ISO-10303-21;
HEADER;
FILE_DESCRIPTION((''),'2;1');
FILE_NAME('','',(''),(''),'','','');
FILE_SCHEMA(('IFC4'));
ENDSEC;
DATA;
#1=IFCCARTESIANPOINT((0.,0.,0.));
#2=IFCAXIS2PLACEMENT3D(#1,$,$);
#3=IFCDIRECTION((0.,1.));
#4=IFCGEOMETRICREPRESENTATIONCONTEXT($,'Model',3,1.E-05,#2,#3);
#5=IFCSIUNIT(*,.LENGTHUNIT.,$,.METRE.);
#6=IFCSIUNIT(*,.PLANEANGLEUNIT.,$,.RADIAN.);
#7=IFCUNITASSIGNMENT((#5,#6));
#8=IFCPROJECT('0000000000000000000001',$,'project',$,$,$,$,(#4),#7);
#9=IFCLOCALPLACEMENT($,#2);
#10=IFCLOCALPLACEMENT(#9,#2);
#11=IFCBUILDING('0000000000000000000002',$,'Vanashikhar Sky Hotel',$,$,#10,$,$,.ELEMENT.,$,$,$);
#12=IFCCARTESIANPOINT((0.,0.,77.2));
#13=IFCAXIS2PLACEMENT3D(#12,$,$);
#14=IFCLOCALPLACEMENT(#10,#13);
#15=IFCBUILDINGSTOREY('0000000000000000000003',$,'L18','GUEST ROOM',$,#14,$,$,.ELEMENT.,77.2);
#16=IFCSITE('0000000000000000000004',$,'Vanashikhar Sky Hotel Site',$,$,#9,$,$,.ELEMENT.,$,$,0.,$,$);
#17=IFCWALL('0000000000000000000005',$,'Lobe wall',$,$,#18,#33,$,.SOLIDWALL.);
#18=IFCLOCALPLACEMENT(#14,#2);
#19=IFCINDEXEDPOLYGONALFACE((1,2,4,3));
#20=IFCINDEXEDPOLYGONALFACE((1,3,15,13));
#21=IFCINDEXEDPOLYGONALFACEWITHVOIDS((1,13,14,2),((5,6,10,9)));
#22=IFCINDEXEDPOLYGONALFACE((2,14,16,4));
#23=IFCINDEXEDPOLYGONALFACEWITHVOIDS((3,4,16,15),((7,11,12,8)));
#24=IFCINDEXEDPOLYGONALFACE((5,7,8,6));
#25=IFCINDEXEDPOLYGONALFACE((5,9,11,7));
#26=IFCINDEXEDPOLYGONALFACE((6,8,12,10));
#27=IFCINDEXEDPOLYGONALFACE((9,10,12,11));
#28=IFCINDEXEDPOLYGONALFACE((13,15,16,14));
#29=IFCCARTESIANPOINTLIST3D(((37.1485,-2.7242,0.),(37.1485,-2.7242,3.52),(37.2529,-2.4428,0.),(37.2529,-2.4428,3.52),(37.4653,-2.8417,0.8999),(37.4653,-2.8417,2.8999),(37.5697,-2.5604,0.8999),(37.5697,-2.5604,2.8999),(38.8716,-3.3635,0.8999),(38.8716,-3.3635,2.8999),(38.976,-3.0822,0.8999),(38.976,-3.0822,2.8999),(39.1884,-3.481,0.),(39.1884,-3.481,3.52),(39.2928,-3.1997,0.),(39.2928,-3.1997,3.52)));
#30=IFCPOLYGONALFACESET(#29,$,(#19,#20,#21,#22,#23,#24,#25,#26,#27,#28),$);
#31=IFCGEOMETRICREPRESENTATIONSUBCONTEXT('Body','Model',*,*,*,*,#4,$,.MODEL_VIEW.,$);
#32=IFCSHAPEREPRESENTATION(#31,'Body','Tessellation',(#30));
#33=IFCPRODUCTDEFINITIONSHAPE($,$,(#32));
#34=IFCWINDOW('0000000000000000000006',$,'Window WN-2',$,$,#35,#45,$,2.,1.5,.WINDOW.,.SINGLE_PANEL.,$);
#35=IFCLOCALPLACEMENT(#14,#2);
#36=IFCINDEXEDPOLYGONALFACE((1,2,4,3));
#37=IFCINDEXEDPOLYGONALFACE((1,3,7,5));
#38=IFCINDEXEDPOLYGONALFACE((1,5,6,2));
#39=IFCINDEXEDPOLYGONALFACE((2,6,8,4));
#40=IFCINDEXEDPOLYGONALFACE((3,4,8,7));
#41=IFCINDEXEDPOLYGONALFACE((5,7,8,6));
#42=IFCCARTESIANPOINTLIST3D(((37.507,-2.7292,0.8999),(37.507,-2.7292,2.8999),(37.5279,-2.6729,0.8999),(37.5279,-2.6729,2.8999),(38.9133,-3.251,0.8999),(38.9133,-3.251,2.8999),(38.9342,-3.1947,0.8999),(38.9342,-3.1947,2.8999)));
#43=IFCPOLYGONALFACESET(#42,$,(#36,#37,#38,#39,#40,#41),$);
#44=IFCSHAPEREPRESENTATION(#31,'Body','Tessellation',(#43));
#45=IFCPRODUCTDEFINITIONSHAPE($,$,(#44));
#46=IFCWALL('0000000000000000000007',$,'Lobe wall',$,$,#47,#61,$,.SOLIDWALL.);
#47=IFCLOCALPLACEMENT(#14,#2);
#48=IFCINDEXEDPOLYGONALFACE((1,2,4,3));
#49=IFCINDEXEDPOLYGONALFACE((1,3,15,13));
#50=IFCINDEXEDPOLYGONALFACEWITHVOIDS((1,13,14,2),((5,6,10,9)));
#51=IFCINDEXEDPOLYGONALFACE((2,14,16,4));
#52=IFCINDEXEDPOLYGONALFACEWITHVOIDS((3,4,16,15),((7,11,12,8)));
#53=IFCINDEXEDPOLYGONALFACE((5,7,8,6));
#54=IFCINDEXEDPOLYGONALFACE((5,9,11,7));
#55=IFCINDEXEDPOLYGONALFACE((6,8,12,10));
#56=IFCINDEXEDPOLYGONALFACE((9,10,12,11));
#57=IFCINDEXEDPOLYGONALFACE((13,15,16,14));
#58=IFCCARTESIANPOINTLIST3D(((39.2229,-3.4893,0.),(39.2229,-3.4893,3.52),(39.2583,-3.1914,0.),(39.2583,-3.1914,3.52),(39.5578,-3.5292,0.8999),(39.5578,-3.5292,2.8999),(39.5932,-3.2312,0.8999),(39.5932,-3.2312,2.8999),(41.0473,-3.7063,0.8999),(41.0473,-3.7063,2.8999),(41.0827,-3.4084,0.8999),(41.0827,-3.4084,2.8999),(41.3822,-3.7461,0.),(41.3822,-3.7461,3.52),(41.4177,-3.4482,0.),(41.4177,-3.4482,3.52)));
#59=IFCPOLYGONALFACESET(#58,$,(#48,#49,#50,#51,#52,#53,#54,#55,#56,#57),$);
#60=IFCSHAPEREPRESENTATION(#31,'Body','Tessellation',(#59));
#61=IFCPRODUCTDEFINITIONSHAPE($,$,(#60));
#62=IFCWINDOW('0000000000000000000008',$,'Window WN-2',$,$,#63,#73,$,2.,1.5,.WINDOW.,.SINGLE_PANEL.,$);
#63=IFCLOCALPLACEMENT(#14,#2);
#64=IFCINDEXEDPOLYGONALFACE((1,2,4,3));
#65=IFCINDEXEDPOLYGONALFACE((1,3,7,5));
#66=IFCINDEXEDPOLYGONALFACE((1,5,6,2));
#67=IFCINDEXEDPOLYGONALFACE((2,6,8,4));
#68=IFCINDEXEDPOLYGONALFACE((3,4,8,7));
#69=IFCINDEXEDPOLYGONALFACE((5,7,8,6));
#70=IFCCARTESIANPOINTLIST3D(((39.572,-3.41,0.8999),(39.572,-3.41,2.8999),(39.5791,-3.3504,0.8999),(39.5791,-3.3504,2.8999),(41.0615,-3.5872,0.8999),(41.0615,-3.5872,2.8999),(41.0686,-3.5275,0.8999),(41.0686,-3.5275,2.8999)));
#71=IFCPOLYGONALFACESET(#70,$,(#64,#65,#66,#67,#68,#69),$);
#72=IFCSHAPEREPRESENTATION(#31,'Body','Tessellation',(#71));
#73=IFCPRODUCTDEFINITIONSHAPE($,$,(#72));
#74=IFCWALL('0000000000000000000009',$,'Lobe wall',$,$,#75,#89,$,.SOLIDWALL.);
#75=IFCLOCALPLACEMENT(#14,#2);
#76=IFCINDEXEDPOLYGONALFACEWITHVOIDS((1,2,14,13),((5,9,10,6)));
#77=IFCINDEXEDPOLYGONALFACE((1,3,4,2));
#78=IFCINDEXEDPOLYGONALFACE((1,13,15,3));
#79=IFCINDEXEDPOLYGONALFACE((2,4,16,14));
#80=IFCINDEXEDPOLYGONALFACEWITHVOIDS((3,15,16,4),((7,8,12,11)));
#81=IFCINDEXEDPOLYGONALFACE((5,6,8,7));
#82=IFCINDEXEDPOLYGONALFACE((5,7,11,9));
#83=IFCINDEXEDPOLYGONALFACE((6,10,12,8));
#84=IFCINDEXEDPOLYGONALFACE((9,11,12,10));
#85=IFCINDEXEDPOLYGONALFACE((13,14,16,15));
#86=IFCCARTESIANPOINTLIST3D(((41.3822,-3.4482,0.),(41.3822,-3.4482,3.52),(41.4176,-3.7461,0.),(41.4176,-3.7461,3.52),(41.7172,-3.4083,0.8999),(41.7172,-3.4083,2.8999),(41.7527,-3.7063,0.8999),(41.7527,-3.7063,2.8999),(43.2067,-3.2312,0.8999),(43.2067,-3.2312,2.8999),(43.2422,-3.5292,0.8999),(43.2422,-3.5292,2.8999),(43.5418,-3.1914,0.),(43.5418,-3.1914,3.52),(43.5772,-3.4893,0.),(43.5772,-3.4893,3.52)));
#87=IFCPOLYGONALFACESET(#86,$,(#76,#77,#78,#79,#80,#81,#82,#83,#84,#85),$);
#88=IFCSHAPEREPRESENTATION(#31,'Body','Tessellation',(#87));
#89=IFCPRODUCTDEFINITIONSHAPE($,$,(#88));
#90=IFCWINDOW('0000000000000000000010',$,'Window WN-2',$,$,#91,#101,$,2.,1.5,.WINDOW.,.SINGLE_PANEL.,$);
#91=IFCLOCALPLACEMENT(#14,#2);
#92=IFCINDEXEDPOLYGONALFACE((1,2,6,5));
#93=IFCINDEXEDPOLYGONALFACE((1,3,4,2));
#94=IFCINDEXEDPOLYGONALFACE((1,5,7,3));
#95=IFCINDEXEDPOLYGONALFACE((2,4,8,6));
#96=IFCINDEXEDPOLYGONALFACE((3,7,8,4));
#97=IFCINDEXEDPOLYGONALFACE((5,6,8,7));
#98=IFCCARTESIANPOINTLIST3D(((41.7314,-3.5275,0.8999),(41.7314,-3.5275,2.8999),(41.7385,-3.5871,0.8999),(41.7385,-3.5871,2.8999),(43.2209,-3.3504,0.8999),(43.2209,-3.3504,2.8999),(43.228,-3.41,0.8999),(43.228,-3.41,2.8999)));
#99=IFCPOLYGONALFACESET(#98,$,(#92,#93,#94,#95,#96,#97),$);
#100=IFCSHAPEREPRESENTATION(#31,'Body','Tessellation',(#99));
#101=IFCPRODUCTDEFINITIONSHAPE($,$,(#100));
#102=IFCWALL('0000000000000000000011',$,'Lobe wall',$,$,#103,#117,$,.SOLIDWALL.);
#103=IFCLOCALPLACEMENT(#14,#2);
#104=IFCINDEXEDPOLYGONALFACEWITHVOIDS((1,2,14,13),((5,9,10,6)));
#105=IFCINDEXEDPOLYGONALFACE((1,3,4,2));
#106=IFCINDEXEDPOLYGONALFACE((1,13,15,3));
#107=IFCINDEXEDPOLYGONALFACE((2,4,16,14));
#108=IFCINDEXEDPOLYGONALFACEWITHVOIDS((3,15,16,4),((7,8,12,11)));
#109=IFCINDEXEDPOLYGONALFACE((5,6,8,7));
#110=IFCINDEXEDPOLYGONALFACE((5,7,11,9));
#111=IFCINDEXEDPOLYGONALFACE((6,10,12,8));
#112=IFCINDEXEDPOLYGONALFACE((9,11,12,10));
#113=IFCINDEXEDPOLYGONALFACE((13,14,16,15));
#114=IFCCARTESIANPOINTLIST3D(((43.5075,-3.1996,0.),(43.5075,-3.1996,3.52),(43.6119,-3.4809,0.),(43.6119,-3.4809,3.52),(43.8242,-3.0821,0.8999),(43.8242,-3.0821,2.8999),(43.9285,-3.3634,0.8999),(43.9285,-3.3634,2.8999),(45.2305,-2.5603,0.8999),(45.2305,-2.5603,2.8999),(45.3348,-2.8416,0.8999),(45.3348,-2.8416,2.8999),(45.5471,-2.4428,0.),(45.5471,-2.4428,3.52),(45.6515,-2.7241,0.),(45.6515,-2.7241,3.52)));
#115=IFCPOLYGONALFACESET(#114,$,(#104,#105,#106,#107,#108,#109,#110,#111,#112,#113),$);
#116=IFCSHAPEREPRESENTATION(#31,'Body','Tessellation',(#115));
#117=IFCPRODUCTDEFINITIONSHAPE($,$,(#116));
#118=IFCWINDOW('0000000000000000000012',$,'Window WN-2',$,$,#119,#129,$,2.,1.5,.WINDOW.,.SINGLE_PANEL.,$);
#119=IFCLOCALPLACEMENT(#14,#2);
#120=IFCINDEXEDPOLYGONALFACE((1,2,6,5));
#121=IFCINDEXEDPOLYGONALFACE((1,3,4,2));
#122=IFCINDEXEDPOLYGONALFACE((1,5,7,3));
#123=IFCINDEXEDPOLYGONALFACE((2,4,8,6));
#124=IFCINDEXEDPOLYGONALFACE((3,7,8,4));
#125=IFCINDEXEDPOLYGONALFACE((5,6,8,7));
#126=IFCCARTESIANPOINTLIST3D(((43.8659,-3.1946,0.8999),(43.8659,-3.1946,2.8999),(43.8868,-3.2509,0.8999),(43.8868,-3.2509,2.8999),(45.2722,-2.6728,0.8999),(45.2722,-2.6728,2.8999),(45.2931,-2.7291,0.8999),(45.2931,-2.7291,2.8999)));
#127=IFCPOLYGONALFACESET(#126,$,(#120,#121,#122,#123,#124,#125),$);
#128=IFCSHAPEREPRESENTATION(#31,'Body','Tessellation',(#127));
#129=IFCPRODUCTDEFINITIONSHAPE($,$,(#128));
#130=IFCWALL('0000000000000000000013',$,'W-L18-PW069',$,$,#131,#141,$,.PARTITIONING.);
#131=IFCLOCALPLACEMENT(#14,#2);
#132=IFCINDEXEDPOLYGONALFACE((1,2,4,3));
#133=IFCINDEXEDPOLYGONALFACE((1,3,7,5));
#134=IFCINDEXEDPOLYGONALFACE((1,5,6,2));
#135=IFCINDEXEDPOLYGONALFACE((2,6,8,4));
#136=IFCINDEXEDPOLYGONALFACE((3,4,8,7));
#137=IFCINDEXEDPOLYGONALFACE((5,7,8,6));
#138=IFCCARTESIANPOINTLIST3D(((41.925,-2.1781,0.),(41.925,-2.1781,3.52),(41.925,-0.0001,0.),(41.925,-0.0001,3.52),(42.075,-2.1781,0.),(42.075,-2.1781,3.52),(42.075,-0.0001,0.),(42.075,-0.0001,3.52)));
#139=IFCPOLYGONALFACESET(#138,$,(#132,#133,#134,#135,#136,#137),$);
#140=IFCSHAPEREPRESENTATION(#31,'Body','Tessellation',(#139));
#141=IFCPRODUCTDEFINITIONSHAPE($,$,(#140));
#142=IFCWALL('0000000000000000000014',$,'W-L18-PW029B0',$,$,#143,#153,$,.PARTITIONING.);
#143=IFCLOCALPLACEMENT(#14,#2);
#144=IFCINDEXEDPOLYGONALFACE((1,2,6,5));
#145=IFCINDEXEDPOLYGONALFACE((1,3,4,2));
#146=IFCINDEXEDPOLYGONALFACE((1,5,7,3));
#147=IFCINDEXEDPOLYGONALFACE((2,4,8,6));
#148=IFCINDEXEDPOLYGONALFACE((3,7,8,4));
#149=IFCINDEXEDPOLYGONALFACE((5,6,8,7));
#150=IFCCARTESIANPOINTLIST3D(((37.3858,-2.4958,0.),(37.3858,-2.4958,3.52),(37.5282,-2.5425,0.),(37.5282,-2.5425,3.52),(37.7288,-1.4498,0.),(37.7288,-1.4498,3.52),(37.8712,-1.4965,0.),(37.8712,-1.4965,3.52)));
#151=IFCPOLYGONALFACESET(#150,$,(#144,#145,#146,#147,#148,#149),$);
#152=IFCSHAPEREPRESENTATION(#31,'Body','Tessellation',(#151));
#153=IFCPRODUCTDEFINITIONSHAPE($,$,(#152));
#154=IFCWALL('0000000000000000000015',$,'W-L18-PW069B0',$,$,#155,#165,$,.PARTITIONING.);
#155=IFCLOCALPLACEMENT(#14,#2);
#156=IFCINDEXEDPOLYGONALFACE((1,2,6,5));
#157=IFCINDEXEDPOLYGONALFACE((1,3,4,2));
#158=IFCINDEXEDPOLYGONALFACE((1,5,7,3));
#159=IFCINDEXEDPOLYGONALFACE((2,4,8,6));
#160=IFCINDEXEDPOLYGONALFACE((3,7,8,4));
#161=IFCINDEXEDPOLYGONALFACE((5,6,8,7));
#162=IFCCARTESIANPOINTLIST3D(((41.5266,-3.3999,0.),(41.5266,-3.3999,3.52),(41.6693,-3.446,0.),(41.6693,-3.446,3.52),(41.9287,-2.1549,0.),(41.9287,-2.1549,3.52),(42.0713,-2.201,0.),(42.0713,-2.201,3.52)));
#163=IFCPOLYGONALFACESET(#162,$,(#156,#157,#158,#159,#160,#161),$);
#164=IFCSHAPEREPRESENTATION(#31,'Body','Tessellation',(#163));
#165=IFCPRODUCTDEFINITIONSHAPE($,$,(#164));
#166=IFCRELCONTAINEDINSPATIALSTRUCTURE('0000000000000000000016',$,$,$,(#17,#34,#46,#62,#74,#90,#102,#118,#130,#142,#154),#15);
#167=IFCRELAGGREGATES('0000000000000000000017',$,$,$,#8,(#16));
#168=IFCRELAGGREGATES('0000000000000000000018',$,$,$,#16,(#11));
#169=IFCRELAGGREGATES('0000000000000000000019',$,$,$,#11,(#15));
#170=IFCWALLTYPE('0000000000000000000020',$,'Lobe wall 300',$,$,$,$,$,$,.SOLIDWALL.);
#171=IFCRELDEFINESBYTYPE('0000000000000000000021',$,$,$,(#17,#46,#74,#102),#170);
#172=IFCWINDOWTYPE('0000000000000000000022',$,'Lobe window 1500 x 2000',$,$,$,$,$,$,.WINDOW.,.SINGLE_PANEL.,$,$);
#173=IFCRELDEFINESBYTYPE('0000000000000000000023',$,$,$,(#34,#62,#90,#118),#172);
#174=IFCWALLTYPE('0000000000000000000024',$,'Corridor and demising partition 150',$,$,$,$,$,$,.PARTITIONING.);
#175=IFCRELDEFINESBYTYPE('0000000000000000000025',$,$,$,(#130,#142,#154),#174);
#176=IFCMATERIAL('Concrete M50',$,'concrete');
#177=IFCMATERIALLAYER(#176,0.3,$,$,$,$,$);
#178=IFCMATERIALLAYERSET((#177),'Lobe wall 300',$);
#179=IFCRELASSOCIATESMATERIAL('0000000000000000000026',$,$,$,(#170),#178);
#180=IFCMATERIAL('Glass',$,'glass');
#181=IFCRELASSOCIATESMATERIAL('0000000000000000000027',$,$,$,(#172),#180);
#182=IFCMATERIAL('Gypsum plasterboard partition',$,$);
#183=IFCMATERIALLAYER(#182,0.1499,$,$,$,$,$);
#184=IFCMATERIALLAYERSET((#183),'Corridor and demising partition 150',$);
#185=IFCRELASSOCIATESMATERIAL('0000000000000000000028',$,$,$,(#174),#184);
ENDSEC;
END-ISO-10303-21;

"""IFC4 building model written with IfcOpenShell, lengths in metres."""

from ifc_helpers import new_model, si_unit, direction, frame, frame_2d, origin, place, context, subcontext, project, spatial, rectangle, extrude, source, transform, mapped, material, layer, layer_set, type_object, element, fill, save


model = new_model("IFC4")

# Units and contexts
model_context = context("Model", 3, precision=1e-05, world=origin(), true_north=direction((0.0, 1.0)))
body_context = subcontext(model_context, "Body", "Model", "MODEL_VIEW")
ifc_project = project(units=[si_unit("LENGTHUNIT", "METRE"), si_unit("PLANEANGLEUNIT", "RADIAN")], contexts=[model_context])

# Site, building, storey
site_placement = place(None, origin())
site = spatial("IfcSite", under=ifc_project, at=site_placement, Name="Vanashikhar Sky Hotel Site", CompositionType="ELEMENT", RefElevation=0.0)
building_placement = place(site_placement, origin())
building = spatial("IfcBuilding", under=site, at=building_placement, Name="Vanashikhar Sky Hotel", CompositionType="ELEMENT")
storey_placement = place(building_placement, frame((0.0, 0.0, 77.2)))
storey = spatial("IfcBuildingStorey", under=building, at=storey_placement, Name="L18", Description="GUEST ROOM", CompositionType="ELEMENT", Elevation=77.2)

# Walls, openings, windows
ifc_material_1 = material(Name="Concrete M50", Category="concrete")
ifc_layer_1 = layer(ifc_material_1, 0.3)
ifc_layer_set_1 = layer_set([ifc_layer_1], Name="Lobe wall 300")
wall_type_1 = type_object("IfcWallType", Name="Lobe wall 300", PredefinedType="SOLIDWALL", material=ifc_layer_set_1)
shared_shape_1 = source(origin(), body_context, "Body", "SweptSolid", [
    extrude(rectangle(XDim=2.1758, YDim=0.3, at=frame_2d((1.0879, 0.0))), origin(), (0.0, 0.0, 1.0), 3.52),
])
wall_1_placement = place(storey_placement, frame((37.2007, -2.5835, 0.0), z_axis=(0.0, 0.0, 1.0), x_axis=(0.937546, -0.347863, 0.0)))
wall_1 = element("IfcWall", 1, at=wall_1_placement, inside=storey, type_object=wall_type_1, Name="Lobe wall", PredefinedType="SOLIDWALL", context=body_context, shape_type="MappedRepresentation", body=[
    mapped(shared_shape_1, transform((0.0, 0.0, 0.0), scale=1.0)),
])
shared_shape_2 = source(origin(), body_context, "Body", "SweptSolid", [
    extrude(rectangle(XDim=1.5, YDim=2.0, at=frame_2d((0.75, 1.0))), frame((0.0, 0.1602, 0.0), z_axis=(0.0, -1.0, 0.0), x_axis=(1.0, 0.0, 0.0)), (0.0, 0.0, 1.0), 0.3201),
])
opening_1_placement = place(wall_1_placement, frame((0.3379, 0.0, 0.8999)))
opening_1 = element("IfcOpeningElement", 2, at=opening_1_placement, cuts=wall_1, PredefinedType="OPENING", context=body_context, shape_type="MappedRepresentation", body=[
    mapped(shared_shape_2, transform((0.0, 0.0, 0.0), scale=1.0)),
])
ifc_material_2 = material(Name="Glass", Category="glass")
window_type = type_object("IfcWindowType", Name="Lobe window 1500 x 2000", PartitioningType="SINGLE_PANEL", PredefinedType="WINDOW", material=ifc_material_2)
shared_shape_3 = source(origin(), body_context, "Body", "SweptSolid", [
    extrude(rectangle(XDim=1.5, YDim=2.0, at=frame_2d((0.75, 1.0))), frame((0.0, 0.03, 0.0), z_axis=(0.0, -1.0, 0.0), x_axis=(1.0, 0.0, 0.0)), (0.0, 0.0, 1.0), 0.0601),
])
window_1_placement = place(opening_1_placement, origin())
window_1 = element("IfcWindow", 3, at=window_1_placement, inside=storey, type_object=window_type, Name="Window WN-2", OverallHeight=2.0, OverallWidth=1.5, PartitioningType="SINGLE_PANEL", PredefinedType="WINDOW", context=body_context, shape_type="MappedRepresentation", body=[
    mapped(shared_shape_3, transform((0.0, 0.0, 0.0), scale=1.0)),
])
fill(opening_1, window_1)
shared_shape_4 = source(origin(), body_context, "Body", "SweptSolid", [
    extrude(rectangle(XDim=2.1746, YDim=0.3, at=frame_2d((1.0874, 0.0))), origin(), (0.0, 0.0, 1.0), 3.52),
])
wall_2_placement = place(storey_placement, frame((39.2405, -3.3403, 0.0), z_axis=(0.0, 0.0, 1.0), x_axis=(0.993001, -0.118105, 0.0)))
wall_2 = element("IfcWall", 4, at=wall_2_placement, inside=storey, type_object=wall_type_1, Name="Lobe wall", PredefinedType="SOLIDWALL", context=body_context, shape_type="MappedRepresentation", body=[
    mapped(shared_shape_4, transform((0.0, 0.0, 0.0), scale=1.0)),
])
opening_2_placement = place(wall_2_placement, frame((0.3374, 0.0, 0.8999)))
opening_2 = element("IfcOpeningElement", 5, at=opening_2_placement, cuts=wall_2, PredefinedType="OPENING", context=body_context, shape_type="MappedRepresentation", body=[
    mapped(shared_shape_2, transform((0.0, 0.0, 0.0), scale=1.0)),
])
window_2_placement = place(opening_2_placement, origin())
window_2 = element("IfcWindow", 6, at=window_2_placement, inside=storey, type_object=window_type, Name="Window WN-2", OverallHeight=2.0, OverallWidth=1.5, PartitioningType="SINGLE_PANEL", PredefinedType="WINDOW", context=body_context, shape_type="MappedRepresentation", body=[
    mapped(shared_shape_3, transform((0.0, 0.0, 0.0), scale=1.0)),
])
fill(opening_2, window_2)
shared_shape_5 = source(origin(), body_context, "Body", "SweptSolid", [
    extrude(rectangle(XDim=2.1748, YDim=0.3, at=frame_2d((1.0874, 0.0))), origin(), (0.0, 0.0, 1.0), 3.52),
])
wall_3_placement = place(storey_placement, frame((41.3999, -3.5972, 0.0), z_axis=(0.0, 0.0, 1.0), x_axis=(0.993003, 0.118092, 0.0)))
wall_3 = element("IfcWall", 7, at=wall_3_placement, inside=storey, type_object=wall_type_1, Name="Lobe wall", PredefinedType="SOLIDWALL", context=body_context, shape_type="MappedRepresentation", body=[
    mapped(shared_shape_5, transform((0.0, 0.0, 0.0), scale=1.0)),
])
opening_3_placement = place(wall_3_placement, frame((0.3374, 0.0, 0.8999)))
opening_3 = element("IfcOpeningElement", 8, at=opening_3_placement, cuts=wall_3, PredefinedType="OPENING", context=body_context, shape_type="MappedRepresentation", body=[
    mapped(shared_shape_2, transform((0.0, 0.0, 0.0), scale=1.0)),
])
window_3_placement = place(opening_3_placement, origin())
window_3 = element("IfcWindow", 9, at=window_3_placement, inside=storey, type_object=window_type, Name="Window WN-2", OverallHeight=2.0, OverallWidth=1.5, PartitioningType="SINGLE_PANEL", PredefinedType="WINDOW", context=body_context, shape_type="MappedRepresentation", body=[
    mapped(shared_shape_3, transform((0.0, 0.0, 0.0), scale=1.0)),
])
fill(opening_3, window_3)
shared_shape_6 = source(origin(), body_context, "Body", "SweptSolid", [
    extrude(rectangle(XDim=2.1755, YDim=0.3, at=frame_2d((1.0879, 0.0))), origin(), (0.0, 0.0, 1.0), 3.52),
])
wall_4_placement = place(storey_placement, frame((43.5596, -3.3403, 0.0), z_axis=(0.0, 0.0, 1.0), x_axis=(0.937532, 0.347899, 0.0)))
wall_4 = element("IfcWall", 10, at=wall_4_placement, inside=storey, type_object=wall_type_1, Name="Lobe wall", PredefinedType="SOLIDWALL", context=body_context, shape_type="MappedRepresentation", body=[
    mapped(shared_shape_6, transform((0.0, 0.0, 0.0), scale=1.0)),
])
opening_4_placement = place(wall_4_placement, frame((0.3379, 0.0, 0.8999)))
opening_4 = element("IfcOpeningElement", 11, at=opening_4_placement, cuts=wall_4, PredefinedType="OPENING", context=body_context, shape_type="MappedRepresentation", body=[
    mapped(shared_shape_2, transform((0.0, 0.0, 0.0), scale=1.0)),
])
window_4_placement = place(opening_4_placement, origin())
window_4 = element("IfcWindow", 12, at=window_4_placement, inside=storey, type_object=window_type, Name="Window WN-2", OverallHeight=2.0, OverallWidth=1.5, PartitioningType="SINGLE_PANEL", PredefinedType="WINDOW", context=body_context, shape_type="MappedRepresentation", body=[
    mapped(shared_shape_3, transform((0.0, 0.0, 0.0), scale=1.0)),
])
fill(opening_4, window_4)

# Walls
ifc_material_3 = material(Name="Gypsum plasterboard partition")
ifc_layer_2 = layer(ifc_material_3, 0.1499)
ifc_layer_set_2 = layer_set([ifc_layer_2], Name="Corridor and demising partition 150")
wall_type_2 = type_object("IfcWallType", Name="Corridor and demising partition 150", PredefinedType="PARTITIONING", material=ifc_layer_set_2)
shared_shape_7 = source(origin(), body_context, "Body", "SweptSolid", [
    extrude(rectangle(XDim=2.178, YDim=0.1499, at=frame_2d((1.0889, 0.0))), origin(), (0.0, 0.0, 1.0), 3.52),
])
wall_5_placement = place(storey_placement, frame((42.0, -2.178, 0.0), z_axis=(0.0, 0.0, 1.0), x_axis=(0.0, 1.0, 0.0)))
element("IfcWall", 13, at=wall_5_placement, inside=storey, type_object=wall_type_2, Name="W-L18-PW069", PredefinedType="PARTITIONING", context=body_context, shape_type="MappedRepresentation", body=[
    mapped(shared_shape_7, transform((0.0, 0.0, 0.0), scale=1.0)),
])
shared_shape_8 = source(origin(), body_context, "Body", "SweptSolid", [
    extrude(rectangle(XDim=1.1008, YDim=0.1499, at=frame_2d((0.5503, 0.0))), origin(), (0.0, 0.0, 1.0), 3.52),
])
wall_6_placement = place(storey_placement, frame((37.457, -2.519, 0.0), z_axis=(0.0, 0.0, 1.0), x_axis=(0.311567, 0.950224, 0.0)))
element("IfcWall", 14, at=wall_6_placement, inside=storey, type_object=wall_type_2, Name="W-L18-PW029B0", PredefinedType="PARTITIONING", context=body_context, shape_type="MappedRepresentation", body=[
    mapped(shared_shape_8, transform((0.0, 0.0, 0.0), scale=1.0)),
])
shared_shape_9 = source(origin(), body_context, "Body", "SweptSolid", [
    extrude(rectangle(XDim=1.3083, YDim=0.1499, at=frame_2d((0.6543, 0.0))), origin(), (0.0, 0.0, 1.0), 3.52),
])
wall_7_placement = place(storey_placement, frame((41.5979, -3.4231, 0.0), z_axis=(0.0, 0.0, 1.0), x_axis=(0.307314, 0.951608, 0.0)))
element("IfcWall", 15, at=wall_7_placement, inside=storey, type_object=wall_type_2, Name="W-L18-PW069B0", PredefinedType="PARTITIONING", context=body_context, shape_type="MappedRepresentation", body=[
    mapped(shared_shape_9, transform((0.0, 0.0, 0.0), scale=1.0)),
])

save(model, "model.ifc")
